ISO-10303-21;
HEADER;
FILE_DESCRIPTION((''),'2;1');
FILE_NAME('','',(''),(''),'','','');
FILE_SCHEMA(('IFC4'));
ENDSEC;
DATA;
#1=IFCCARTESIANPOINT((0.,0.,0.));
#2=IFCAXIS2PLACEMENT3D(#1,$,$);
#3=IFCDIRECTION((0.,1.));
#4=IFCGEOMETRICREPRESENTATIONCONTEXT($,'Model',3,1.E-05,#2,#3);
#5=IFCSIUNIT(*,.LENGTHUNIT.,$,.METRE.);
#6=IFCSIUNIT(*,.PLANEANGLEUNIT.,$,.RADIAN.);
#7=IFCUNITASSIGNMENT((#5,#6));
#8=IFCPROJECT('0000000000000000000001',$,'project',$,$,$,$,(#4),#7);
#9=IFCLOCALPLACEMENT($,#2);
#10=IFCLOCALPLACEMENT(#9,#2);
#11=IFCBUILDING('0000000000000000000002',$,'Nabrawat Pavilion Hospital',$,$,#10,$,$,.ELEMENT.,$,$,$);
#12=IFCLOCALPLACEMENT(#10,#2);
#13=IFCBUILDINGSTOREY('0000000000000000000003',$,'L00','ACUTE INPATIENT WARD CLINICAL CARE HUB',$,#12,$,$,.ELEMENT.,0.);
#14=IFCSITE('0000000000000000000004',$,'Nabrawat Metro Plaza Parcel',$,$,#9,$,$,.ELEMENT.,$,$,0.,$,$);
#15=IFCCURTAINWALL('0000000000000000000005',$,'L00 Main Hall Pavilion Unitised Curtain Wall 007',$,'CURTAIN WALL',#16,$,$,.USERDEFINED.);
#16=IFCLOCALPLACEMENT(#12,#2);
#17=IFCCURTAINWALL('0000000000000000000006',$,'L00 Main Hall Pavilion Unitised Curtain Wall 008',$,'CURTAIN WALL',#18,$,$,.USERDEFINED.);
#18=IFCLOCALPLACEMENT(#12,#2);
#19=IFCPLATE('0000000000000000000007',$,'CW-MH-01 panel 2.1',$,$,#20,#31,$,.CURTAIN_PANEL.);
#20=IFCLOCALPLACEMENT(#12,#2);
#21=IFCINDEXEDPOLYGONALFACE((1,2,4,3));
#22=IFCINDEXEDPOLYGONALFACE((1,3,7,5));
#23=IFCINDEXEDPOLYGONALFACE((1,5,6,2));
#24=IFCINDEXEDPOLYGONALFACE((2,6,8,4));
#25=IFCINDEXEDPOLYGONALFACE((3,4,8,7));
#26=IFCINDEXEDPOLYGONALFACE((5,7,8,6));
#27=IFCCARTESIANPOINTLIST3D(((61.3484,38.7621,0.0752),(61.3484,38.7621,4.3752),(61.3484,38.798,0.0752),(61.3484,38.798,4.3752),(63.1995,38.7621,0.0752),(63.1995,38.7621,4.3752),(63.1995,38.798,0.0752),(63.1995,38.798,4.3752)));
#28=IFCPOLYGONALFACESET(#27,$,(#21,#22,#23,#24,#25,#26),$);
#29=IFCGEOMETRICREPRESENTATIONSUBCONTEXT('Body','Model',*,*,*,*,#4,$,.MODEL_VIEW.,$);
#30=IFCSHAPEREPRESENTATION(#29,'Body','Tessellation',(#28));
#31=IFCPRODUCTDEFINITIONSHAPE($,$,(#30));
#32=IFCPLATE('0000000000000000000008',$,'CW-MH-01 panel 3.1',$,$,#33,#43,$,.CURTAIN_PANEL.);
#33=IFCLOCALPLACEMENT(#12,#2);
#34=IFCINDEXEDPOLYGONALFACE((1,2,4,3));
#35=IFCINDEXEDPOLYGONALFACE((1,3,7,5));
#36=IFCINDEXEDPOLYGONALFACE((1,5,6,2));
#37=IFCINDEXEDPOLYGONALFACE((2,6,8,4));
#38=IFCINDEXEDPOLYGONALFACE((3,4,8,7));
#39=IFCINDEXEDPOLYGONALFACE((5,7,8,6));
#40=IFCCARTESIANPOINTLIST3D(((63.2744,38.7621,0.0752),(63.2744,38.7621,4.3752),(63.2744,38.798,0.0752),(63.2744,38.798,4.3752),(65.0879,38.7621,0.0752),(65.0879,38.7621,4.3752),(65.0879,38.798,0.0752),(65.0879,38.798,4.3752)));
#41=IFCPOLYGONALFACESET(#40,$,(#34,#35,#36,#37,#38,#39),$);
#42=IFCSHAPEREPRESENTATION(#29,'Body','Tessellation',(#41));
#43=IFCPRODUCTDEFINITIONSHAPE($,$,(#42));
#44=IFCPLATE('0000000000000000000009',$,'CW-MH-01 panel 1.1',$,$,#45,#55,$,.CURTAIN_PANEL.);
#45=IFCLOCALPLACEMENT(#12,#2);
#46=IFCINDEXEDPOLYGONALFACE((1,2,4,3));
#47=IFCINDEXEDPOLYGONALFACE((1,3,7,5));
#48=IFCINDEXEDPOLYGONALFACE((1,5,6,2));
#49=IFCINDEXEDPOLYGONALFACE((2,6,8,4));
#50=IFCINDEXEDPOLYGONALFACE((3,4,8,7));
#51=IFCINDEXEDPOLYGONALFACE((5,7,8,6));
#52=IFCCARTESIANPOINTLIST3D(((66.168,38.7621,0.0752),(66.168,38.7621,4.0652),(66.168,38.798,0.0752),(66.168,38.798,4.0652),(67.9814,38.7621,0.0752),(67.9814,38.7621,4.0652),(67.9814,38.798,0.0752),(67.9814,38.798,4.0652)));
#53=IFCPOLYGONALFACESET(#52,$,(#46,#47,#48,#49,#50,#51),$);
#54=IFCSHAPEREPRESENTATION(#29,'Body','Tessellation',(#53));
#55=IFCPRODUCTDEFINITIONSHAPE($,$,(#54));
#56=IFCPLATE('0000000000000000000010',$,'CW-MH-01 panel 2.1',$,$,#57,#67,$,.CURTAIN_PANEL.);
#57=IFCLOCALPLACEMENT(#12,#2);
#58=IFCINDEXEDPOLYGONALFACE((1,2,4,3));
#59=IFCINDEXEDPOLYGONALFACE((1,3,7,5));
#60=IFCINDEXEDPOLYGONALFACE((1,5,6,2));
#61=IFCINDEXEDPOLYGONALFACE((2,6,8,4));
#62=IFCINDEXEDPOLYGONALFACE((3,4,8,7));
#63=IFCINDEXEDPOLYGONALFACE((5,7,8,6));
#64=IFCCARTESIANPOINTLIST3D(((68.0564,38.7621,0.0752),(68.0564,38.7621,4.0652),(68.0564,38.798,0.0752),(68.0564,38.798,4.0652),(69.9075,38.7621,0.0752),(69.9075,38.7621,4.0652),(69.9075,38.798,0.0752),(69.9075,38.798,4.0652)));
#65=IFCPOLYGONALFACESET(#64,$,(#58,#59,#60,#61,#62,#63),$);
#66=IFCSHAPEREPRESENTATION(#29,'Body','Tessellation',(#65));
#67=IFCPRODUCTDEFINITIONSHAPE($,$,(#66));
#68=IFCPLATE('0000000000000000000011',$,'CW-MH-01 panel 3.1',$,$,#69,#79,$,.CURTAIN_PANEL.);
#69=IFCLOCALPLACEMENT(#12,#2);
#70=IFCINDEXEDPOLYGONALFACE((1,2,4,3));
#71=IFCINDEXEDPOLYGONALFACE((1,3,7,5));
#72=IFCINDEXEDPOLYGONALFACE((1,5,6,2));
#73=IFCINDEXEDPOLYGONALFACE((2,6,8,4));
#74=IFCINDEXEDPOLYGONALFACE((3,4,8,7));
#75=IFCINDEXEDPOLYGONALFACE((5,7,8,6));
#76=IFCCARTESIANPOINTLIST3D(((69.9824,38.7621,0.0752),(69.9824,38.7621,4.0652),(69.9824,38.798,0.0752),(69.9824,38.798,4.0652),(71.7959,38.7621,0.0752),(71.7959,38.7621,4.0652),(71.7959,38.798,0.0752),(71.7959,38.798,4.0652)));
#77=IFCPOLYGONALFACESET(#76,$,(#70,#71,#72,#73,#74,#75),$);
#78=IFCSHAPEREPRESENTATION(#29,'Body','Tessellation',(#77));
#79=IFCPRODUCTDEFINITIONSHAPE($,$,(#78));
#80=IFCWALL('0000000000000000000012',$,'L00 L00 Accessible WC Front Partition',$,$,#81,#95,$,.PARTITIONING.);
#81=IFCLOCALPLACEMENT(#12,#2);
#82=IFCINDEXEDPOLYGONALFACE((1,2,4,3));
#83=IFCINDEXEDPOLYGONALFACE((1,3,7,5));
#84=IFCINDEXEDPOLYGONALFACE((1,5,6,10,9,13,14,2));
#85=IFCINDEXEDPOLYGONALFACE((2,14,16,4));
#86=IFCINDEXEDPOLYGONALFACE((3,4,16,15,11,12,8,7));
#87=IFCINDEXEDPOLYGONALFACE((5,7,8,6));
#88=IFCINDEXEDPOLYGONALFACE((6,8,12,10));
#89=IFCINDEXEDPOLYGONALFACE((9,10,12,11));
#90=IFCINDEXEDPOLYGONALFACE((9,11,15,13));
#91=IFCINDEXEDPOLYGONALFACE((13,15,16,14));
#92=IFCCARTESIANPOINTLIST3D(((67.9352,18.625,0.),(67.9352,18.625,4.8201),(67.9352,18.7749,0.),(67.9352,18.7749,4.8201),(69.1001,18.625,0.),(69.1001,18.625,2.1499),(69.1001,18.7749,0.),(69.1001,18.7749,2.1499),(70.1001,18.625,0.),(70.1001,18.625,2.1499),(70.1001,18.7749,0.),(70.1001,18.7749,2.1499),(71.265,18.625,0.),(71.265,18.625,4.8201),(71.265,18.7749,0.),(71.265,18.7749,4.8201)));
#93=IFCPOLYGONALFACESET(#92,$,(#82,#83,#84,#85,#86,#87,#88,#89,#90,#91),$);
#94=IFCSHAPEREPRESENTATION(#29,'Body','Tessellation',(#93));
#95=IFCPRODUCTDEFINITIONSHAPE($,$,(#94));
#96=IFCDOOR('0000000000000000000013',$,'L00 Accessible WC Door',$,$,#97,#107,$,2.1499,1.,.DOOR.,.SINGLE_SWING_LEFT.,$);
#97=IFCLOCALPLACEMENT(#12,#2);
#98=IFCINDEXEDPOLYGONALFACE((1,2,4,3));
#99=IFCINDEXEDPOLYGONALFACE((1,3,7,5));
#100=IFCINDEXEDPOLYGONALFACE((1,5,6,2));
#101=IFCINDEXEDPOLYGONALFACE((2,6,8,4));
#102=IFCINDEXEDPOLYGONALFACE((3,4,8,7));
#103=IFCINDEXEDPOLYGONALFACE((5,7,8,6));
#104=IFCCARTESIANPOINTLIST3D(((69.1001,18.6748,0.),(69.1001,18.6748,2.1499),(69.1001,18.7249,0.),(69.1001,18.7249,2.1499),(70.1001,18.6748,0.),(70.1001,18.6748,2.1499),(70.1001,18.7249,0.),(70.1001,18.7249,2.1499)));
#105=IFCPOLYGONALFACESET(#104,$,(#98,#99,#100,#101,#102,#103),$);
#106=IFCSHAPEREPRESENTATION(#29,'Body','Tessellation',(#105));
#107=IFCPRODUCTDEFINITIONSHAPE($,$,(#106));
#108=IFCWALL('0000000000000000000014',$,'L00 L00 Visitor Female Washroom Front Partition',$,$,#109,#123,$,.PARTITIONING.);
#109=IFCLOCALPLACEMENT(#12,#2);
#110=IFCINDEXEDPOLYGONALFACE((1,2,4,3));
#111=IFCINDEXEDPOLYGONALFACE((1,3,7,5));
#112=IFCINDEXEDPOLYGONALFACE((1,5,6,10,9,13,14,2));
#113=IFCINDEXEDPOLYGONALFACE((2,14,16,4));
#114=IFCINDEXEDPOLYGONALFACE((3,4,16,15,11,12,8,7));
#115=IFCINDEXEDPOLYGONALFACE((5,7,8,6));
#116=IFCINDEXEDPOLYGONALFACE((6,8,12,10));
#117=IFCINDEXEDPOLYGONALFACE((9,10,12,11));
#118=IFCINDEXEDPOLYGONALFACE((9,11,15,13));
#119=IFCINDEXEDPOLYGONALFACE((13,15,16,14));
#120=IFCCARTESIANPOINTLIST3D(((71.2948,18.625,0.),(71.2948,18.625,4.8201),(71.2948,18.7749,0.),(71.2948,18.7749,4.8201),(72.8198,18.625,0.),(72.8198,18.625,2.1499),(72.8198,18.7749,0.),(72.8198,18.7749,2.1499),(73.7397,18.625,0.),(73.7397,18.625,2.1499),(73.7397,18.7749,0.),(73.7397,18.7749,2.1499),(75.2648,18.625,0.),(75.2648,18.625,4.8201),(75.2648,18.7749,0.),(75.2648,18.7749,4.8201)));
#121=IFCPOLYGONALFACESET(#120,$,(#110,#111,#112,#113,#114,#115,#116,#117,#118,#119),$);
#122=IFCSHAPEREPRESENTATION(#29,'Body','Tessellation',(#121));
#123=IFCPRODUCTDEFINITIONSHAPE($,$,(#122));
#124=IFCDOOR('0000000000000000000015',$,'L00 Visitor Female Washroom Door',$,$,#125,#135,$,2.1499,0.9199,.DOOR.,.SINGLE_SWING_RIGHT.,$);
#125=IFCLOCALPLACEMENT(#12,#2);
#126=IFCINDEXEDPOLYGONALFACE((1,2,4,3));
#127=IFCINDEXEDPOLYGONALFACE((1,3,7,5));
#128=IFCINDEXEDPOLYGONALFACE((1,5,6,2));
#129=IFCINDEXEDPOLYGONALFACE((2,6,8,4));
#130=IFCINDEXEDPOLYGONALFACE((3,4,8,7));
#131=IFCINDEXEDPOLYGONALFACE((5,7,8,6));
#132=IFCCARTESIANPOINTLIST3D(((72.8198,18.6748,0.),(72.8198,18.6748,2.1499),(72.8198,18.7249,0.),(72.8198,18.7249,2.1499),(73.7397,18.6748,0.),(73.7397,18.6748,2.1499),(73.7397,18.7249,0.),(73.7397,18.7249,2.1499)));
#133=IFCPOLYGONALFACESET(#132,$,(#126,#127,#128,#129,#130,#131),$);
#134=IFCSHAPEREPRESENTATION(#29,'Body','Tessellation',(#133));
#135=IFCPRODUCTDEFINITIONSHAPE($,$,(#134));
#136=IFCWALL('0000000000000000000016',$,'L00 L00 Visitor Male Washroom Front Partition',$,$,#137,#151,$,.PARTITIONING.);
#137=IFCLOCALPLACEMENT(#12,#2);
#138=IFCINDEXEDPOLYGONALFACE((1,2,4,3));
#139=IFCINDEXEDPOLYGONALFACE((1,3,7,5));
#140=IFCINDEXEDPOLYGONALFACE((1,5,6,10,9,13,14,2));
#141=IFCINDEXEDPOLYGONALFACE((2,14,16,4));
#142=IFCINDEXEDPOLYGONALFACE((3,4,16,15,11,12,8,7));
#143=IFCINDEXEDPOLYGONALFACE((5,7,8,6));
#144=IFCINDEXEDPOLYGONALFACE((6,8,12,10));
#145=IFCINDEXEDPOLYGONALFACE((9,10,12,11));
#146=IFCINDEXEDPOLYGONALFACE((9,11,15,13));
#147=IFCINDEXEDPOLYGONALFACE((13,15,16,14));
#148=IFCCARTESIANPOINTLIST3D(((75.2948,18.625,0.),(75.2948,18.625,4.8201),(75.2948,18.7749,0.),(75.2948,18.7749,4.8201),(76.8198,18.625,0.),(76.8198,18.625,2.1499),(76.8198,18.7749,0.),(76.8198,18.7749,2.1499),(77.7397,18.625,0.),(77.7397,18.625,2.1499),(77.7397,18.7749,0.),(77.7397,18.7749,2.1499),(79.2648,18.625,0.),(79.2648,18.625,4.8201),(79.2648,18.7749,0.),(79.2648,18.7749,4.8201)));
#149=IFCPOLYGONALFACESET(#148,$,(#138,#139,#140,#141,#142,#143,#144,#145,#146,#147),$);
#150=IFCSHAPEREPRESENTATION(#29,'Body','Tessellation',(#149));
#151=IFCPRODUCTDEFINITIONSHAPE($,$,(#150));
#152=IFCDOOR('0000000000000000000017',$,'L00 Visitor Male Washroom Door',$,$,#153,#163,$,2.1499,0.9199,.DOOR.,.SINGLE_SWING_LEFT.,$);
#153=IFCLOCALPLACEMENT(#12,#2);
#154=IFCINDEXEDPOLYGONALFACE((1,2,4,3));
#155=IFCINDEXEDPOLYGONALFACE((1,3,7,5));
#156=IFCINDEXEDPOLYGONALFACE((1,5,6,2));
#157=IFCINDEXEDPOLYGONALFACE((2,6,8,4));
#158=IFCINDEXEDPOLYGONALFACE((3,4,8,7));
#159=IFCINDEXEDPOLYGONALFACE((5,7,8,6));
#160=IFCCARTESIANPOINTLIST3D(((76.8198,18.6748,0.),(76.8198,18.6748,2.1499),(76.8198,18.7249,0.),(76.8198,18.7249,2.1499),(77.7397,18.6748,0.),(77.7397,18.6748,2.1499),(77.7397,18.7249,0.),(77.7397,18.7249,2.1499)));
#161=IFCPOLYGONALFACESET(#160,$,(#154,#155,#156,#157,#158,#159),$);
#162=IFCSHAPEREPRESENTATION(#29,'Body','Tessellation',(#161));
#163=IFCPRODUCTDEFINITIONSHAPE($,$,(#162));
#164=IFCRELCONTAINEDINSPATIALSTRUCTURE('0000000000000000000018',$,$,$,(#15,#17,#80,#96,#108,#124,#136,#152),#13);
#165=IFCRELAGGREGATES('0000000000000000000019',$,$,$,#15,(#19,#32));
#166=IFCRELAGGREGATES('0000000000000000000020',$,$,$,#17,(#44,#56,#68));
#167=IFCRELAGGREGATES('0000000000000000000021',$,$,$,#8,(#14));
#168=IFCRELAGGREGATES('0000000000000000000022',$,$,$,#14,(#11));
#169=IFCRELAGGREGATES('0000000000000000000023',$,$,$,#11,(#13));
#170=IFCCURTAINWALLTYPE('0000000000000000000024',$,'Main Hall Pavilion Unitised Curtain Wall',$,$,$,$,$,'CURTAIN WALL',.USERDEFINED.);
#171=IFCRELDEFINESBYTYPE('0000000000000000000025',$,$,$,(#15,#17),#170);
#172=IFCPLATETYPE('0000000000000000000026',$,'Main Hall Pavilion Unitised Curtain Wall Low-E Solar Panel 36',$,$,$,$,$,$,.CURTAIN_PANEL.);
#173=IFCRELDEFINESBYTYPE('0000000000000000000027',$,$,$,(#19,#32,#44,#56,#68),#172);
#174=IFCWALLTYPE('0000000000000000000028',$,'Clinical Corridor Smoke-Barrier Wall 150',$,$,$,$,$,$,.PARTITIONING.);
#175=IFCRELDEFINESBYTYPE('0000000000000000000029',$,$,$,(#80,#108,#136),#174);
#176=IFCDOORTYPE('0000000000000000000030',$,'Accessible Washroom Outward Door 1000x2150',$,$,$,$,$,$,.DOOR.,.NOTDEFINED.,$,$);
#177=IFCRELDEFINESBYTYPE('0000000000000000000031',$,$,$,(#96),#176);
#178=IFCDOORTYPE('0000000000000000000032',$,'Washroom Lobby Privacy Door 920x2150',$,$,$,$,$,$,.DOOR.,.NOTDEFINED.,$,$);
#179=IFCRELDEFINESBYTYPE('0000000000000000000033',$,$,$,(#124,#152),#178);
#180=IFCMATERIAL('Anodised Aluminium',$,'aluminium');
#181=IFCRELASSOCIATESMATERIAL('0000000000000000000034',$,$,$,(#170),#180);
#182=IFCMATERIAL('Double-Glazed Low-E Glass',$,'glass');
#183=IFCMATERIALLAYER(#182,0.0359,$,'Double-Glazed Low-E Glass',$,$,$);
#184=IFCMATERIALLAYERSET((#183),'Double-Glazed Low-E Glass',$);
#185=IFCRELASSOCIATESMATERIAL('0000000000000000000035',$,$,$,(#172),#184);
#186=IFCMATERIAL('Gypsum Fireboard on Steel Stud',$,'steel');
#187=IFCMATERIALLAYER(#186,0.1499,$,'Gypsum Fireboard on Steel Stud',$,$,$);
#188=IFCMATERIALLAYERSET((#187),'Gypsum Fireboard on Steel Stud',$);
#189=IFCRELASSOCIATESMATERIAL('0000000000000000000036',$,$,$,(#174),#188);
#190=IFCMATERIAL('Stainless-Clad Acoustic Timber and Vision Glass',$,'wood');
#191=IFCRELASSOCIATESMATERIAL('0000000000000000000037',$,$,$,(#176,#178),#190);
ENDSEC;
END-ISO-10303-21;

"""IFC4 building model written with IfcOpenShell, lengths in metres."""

from ifc_helpers import new_model, si_unit, direction, frame, frame_2d, origin, origin_2d, place, context, subcontext, project, spatial, rectangle, extrude, material, layer, layer_set, type_object, element, fill, aggregate, save


model = new_model("IFC4")

# Units and contexts
model_context = context("Model", 3, precision=1e-05, world=origin(), true_north=direction((0.0, 1.0)))
body_context = subcontext(model_context, "Body", "Model", "MODEL_VIEW")
ifc_project = project(units=[si_unit("LENGTHUNIT", "METRE"), si_unit("PLANEANGLEUNIT", "RADIAN")], contexts=[model_context])

# Site, building, storey
site_placement = place(None, origin())
site = spatial("IfcSite", under=ifc_project, at=site_placement, Name="Nabrawat Metro Plaza Parcel", CompositionType="ELEMENT", RefElevation=0.0)
building_placement = place(site_placement, origin())
building = spatial("IfcBuilding", under=site, at=building_placement, Name="Nabrawat Pavilion Hospital", CompositionType="ELEMENT")
storey_placement = place(building_placement, origin())
storey = spatial("IfcBuildingStorey", under=building, at=storey_placement, Name="L00", Description="ACUTE INPATIENT WARD CLINICAL CARE HUB", CompositionType="ELEMENT", Elevation=0.0)

# Curtain walls
ifc_material_1 = material(Name="Anodised Aluminium", Category="aluminium")
curtain_wall_type = type_object("IfcCurtainWallType", Name="Main Hall Pavilion Unitised Curtain Wall", ElementType="CURTAIN WALL", PredefinedType="USERDEFINED", material=ifc_material_1)
curtain_wall_1_placement = place(storey_placement, origin())
curtain_wall_1 = element("IfcCurtainWall", 1, at=curtain_wall_1_placement, inside=storey, type_object=curtain_wall_type, Name="L00 Main Hall Pavilion Unitised Curtain Wall 007", ObjectType="CURTAIN WALL", PredefinedType="USERDEFINED")
curtain_wall_2_placement = place(storey_placement, origin())
curtain_wall_2 = element("IfcCurtainWall", 2, at=curtain_wall_2_placement, inside=storey, type_object=curtain_wall_type, Name="L00 Main Hall Pavilion Unitised Curtain Wall 008", ObjectType="CURTAIN WALL", PredefinedType="USERDEFINED")

# Plates
ifc_material_2 = material(Name="Double-Glazed Low-E Glass", Category="glass")
ifc_layer_1 = layer(ifc_material_2, 0.0359, Name="Double-Glazed Low-E Glass")
ifc_layer_set_1 = layer_set([ifc_layer_1], Name="Double-Glazed Low-E Glass")
plate_type = type_object("IfcPlateType", Name="Main Hall Pavilion Unitised Curtain Wall Low-E Solar Panel 36", PredefinedType="CURTAIN_PANEL", material=ifc_layer_set_1)
plate_1_placement = place(storey_placement, frame((62.2739, 38.78, 0.0752), z_axis=(0.0, 0.0, 1.0), x_axis=(1.0, 0.0, 0.0)))
plate_1 = element("IfcPlate", 3, at=plate_1_placement, type_object=plate_type, Name="CW-MH-01 panel 2.1", PredefinedType="CURTAIN_PANEL", context=body_context, shape_type="SweptSolid", body=[
    extrude(rectangle(XDim=1.8511, YDim=0.0359, at=origin_2d()), origin(), (0.0, 0.0, 1.0), 4.3),
])
plate_2_placement = place(storey_placement, frame((64.1812, 38.78, 0.0752), z_axis=(0.0, 0.0, 1.0), x_axis=(1.0, 0.0, 0.0)))
plate_2 = element("IfcPlate", 4, at=plate_2_placement, type_object=plate_type, Name="CW-MH-01 panel 3.1", PredefinedType="CURTAIN_PANEL", context=body_context, shape_type="SweptSolid", body=[
    extrude(rectangle(XDim=1.8135, YDim=0.0359, at=origin_2d()), origin(), (0.0, 0.0, 1.0), 4.3),
])
aggregate(curtain_wall_1, [plate_1, plate_2])
plate_3_placement = place(storey_placement, frame((67.0747, 38.78, 0.0752), z_axis=(0.0, 0.0, 1.0), x_axis=(1.0, 0.0, 0.0)))
plate_3 = element("IfcPlate", 5, at=plate_3_placement, type_object=plate_type, Name="CW-MH-01 panel 1.1", PredefinedType="CURTAIN_PANEL", context=body_context, shape_type="SweptSolid", body=[
    extrude(rectangle(XDim=1.8135, YDim=0.0359, at=origin_2d()), origin(), (0.0, 0.0, 1.0), 3.99),
])
plate_4_placement = place(storey_placement, frame((68.9819, 38.78, 0.0752), z_axis=(0.0, 0.0, 1.0), x_axis=(1.0, 0.0, 0.0)))
plate_4 = element("IfcPlate", 6, at=plate_4_placement, type_object=plate_type, Name="CW-MH-01 panel 2.1", PredefinedType="CURTAIN_PANEL", context=body_context, shape_type="SweptSolid", body=[
    extrude(rectangle(XDim=1.8511, YDim=0.0359, at=origin_2d()), origin(), (0.0, 0.0, 1.0), 3.99),
])
plate_5_placement = place(storey_placement, frame((70.8892, 38.78, 0.0752), z_axis=(0.0, 0.0, 1.0), x_axis=(1.0, 0.0, 0.0)))
plate_5 = element("IfcPlate", 7, at=plate_5_placement, type_object=plate_type, Name="CW-MH-01 panel 3.1", PredefinedType="CURTAIN_PANEL", context=body_context, shape_type="SweptSolid", body=[
    extrude(rectangle(XDim=1.8135, YDim=0.0359, at=origin_2d()), origin(), (0.0, 0.0, 1.0), 3.99),
])
aggregate(curtain_wall_2, [plate_3, plate_4, plate_5])

# Walls, openings, doors
ifc_material_3 = material(Name="Gypsum Fireboard on Steel Stud", Category="steel")
ifc_layer_2 = layer(ifc_material_3, 0.1499, Name="Gypsum Fireboard on Steel Stud")
ifc_layer_set_2 = layer_set([ifc_layer_2], Name="Gypsum Fireboard on Steel Stud")
wall_type_1 = type_object("IfcWallType", Name="Clinical Corridor Smoke-Barrier Wall 150", PredefinedType="PARTITIONING", material=ifc_layer_set_2)
wall_1_placement = place(storey_placement, frame((67.9351, 18.7, 0.0), z_axis=(0.0, 0.0, 1.0), x_axis=(1.0, 0.0, 0.0)))
wall_1 = element("IfcWall", 8, at=wall_1_placement, inside=storey, type_object=wall_type_1, Name="L00 L00 Accessible WC Front Partition", PredefinedType="PARTITIONING", context=body_context, shape_type="SweptSolid", body=[
    extrude(rectangle(XDim=3.3298, YDim=0.1499, at=frame_2d((1.665, 0.0))), origin(), (0.0, 0.0, 1.0), 4.8201),
])
opening_1_placement = place(wall_1_placement, frame((1.165, 0.0, 0.0)))
opening_1 = element("IfcOpeningElement", 9, at=opening_1_placement, cuts=wall_1, PredefinedType="OPENING", context=body_context, shape_type="SweptSolid", body=[
    extrude(rectangle(XDim=1.0, YDim=2.1499, at=frame_2d((0.5, 1.075))), frame((0.0, 0.085, 0.0), z_axis=(0.0, -1.0, 0.0), x_axis=(1.0, 0.0, 0.0)), (0.0, 0.0, 1.0), 0.1699),
])
ifc_material_4 = material(Name="Stainless-Clad Acoustic Timber and Vision Glass", Category="wood")
door_type_1 = type_object("IfcDoorType", Name="Accessible Washroom Outward Door 1000x2150", OperationType="NOTDEFINED", PredefinedType="DOOR", material=ifc_material_4)
door_1_placement = place(opening_1_placement, origin())
door_1 = element("IfcDoor", 10, at=door_1_placement, inside=storey, type_object=door_type_1, Name="L00 Accessible WC Door", OperationType="SINGLE_SWING_LEFT", OverallHeight=2.1499, OverallWidth=1.0, PredefinedType="DOOR", context=body_context, shape_type="SweptSolid", body=[
    extrude(rectangle(XDim=1.0, YDim=2.1499, at=frame_2d((0.5, 1.075))), frame((0.0, 0.0249, 0.0), z_axis=(0.0, -1.0, 0.0), x_axis=(1.0, 0.0, 0.0)), (0.0, 0.0, 1.0), 0.05),
])
fill(opening_1, door_1)
wall_2_placement = place(storey_placement, frame((71.2949, 18.7, 0.0), z_axis=(0.0, 0.0, 1.0), x_axis=(1.0, 0.0, 0.0)))
wall_2 = element("IfcWall", 11, at=wall_2_placement, inside=storey, type_object=wall_type_1, Name="L00 L00 Visitor Female Washroom Front Partition", PredefinedType="PARTITIONING", context=body_context, shape_type="SweptSolid", body=[
    extrude(rectangle(XDim=3.97, YDim=0.1499, at=frame_2d((1.9849, 0.0))), origin(), (0.0, 0.0, 1.0), 4.8201),
])
opening_2_placement = place(wall_2_placement, frame((1.5249, 0.0, 0.0)))
opening_2 = element("IfcOpeningElement", 12, at=opening_2_placement, cuts=wall_2, PredefinedType="OPENING", context=body_context, shape_type="SweptSolid", body=[
    extrude(rectangle(XDim=0.9199, YDim=2.1499, at=frame_2d((0.46, 1.075))), frame((0.0, 0.085, 0.0), z_axis=(0.0, -1.0, 0.0), x_axis=(1.0, 0.0, 0.0)), (0.0, 0.0, 1.0), 0.1699),
])
door_type_2 = type_object("IfcDoorType", Name="Washroom Lobby Privacy Door 920x2150", OperationType="NOTDEFINED", PredefinedType="DOOR", material=ifc_material_4)
door_2_placement = place(opening_2_placement, origin())
door_2 = element("IfcDoor", 13, at=door_2_placement, inside=storey, type_object=door_type_2, Name="L00 Visitor Female Washroom Door", OperationType="SINGLE_SWING_RIGHT", OverallHeight=2.1499, OverallWidth=0.9199, PredefinedType="DOOR", context=body_context, shape_type="SweptSolid", body=[
    extrude(rectangle(XDim=0.9199, YDim=2.1499, at=frame_2d((0.46, 1.075))), frame((0.0, 0.0249, 0.0), z_axis=(0.0, -1.0, 0.0), x_axis=(1.0, 0.0, 0.0)), (0.0, 0.0, 1.0), 0.05),
])
fill(opening_2, door_2)
wall_3_placement = place(storey_placement, frame((75.2949, 18.7, 0.0), z_axis=(0.0, 0.0, 1.0), x_axis=(1.0, 0.0, 0.0)))
wall_3 = element("IfcWall", 14, at=wall_3_placement, inside=storey, type_object=wall_type_1, Name="L00 L00 Visitor Male Washroom Front Partition", PredefinedType="PARTITIONING", context=body_context, shape_type="SweptSolid", body=[
    extrude(rectangle(XDim=3.97, YDim=0.1499, at=frame_2d((1.9849, 0.0))), origin(), (0.0, 0.0, 1.0), 4.8201),
])
opening_3_placement = place(wall_3_placement, frame((1.5249, 0.0, 0.0)))
opening_3 = element("IfcOpeningElement", 15, at=opening_3_placement, cuts=wall_3, PredefinedType="OPENING", context=body_context, shape_type="SweptSolid", body=[
    extrude(rectangle(XDim=0.9199, YDim=2.1499, at=frame_2d((0.46, 1.075))), frame((0.0, 0.085, 0.0), z_axis=(0.0, -1.0, 0.0), x_axis=(1.0, 0.0, 0.0)), (0.0, 0.0, 1.0), 0.1699),
])
door_3_placement = place(opening_3_placement, origin())
door_3 = element("IfcDoor", 16, at=door_3_placement, inside=storey, type_object=door_type_2, Name="L00 Visitor Male Washroom Door", OperationType="SINGLE_SWING_LEFT", OverallHeight=2.1499, OverallWidth=0.9199, PredefinedType="DOOR", context=body_context, shape_type="SweptSolid", body=[
    extrude(rectangle(XDim=0.9199, YDim=2.1499, at=frame_2d((0.46, 1.075))), frame((0.0, 0.0249, 0.0), z_axis=(0.0, -1.0, 0.0), x_axis=(1.0, 0.0, 0.0)), (0.0, 0.0, 1.0), 0.05),
])
fill(opening_3, door_3)

save(model, "model.ifc")
